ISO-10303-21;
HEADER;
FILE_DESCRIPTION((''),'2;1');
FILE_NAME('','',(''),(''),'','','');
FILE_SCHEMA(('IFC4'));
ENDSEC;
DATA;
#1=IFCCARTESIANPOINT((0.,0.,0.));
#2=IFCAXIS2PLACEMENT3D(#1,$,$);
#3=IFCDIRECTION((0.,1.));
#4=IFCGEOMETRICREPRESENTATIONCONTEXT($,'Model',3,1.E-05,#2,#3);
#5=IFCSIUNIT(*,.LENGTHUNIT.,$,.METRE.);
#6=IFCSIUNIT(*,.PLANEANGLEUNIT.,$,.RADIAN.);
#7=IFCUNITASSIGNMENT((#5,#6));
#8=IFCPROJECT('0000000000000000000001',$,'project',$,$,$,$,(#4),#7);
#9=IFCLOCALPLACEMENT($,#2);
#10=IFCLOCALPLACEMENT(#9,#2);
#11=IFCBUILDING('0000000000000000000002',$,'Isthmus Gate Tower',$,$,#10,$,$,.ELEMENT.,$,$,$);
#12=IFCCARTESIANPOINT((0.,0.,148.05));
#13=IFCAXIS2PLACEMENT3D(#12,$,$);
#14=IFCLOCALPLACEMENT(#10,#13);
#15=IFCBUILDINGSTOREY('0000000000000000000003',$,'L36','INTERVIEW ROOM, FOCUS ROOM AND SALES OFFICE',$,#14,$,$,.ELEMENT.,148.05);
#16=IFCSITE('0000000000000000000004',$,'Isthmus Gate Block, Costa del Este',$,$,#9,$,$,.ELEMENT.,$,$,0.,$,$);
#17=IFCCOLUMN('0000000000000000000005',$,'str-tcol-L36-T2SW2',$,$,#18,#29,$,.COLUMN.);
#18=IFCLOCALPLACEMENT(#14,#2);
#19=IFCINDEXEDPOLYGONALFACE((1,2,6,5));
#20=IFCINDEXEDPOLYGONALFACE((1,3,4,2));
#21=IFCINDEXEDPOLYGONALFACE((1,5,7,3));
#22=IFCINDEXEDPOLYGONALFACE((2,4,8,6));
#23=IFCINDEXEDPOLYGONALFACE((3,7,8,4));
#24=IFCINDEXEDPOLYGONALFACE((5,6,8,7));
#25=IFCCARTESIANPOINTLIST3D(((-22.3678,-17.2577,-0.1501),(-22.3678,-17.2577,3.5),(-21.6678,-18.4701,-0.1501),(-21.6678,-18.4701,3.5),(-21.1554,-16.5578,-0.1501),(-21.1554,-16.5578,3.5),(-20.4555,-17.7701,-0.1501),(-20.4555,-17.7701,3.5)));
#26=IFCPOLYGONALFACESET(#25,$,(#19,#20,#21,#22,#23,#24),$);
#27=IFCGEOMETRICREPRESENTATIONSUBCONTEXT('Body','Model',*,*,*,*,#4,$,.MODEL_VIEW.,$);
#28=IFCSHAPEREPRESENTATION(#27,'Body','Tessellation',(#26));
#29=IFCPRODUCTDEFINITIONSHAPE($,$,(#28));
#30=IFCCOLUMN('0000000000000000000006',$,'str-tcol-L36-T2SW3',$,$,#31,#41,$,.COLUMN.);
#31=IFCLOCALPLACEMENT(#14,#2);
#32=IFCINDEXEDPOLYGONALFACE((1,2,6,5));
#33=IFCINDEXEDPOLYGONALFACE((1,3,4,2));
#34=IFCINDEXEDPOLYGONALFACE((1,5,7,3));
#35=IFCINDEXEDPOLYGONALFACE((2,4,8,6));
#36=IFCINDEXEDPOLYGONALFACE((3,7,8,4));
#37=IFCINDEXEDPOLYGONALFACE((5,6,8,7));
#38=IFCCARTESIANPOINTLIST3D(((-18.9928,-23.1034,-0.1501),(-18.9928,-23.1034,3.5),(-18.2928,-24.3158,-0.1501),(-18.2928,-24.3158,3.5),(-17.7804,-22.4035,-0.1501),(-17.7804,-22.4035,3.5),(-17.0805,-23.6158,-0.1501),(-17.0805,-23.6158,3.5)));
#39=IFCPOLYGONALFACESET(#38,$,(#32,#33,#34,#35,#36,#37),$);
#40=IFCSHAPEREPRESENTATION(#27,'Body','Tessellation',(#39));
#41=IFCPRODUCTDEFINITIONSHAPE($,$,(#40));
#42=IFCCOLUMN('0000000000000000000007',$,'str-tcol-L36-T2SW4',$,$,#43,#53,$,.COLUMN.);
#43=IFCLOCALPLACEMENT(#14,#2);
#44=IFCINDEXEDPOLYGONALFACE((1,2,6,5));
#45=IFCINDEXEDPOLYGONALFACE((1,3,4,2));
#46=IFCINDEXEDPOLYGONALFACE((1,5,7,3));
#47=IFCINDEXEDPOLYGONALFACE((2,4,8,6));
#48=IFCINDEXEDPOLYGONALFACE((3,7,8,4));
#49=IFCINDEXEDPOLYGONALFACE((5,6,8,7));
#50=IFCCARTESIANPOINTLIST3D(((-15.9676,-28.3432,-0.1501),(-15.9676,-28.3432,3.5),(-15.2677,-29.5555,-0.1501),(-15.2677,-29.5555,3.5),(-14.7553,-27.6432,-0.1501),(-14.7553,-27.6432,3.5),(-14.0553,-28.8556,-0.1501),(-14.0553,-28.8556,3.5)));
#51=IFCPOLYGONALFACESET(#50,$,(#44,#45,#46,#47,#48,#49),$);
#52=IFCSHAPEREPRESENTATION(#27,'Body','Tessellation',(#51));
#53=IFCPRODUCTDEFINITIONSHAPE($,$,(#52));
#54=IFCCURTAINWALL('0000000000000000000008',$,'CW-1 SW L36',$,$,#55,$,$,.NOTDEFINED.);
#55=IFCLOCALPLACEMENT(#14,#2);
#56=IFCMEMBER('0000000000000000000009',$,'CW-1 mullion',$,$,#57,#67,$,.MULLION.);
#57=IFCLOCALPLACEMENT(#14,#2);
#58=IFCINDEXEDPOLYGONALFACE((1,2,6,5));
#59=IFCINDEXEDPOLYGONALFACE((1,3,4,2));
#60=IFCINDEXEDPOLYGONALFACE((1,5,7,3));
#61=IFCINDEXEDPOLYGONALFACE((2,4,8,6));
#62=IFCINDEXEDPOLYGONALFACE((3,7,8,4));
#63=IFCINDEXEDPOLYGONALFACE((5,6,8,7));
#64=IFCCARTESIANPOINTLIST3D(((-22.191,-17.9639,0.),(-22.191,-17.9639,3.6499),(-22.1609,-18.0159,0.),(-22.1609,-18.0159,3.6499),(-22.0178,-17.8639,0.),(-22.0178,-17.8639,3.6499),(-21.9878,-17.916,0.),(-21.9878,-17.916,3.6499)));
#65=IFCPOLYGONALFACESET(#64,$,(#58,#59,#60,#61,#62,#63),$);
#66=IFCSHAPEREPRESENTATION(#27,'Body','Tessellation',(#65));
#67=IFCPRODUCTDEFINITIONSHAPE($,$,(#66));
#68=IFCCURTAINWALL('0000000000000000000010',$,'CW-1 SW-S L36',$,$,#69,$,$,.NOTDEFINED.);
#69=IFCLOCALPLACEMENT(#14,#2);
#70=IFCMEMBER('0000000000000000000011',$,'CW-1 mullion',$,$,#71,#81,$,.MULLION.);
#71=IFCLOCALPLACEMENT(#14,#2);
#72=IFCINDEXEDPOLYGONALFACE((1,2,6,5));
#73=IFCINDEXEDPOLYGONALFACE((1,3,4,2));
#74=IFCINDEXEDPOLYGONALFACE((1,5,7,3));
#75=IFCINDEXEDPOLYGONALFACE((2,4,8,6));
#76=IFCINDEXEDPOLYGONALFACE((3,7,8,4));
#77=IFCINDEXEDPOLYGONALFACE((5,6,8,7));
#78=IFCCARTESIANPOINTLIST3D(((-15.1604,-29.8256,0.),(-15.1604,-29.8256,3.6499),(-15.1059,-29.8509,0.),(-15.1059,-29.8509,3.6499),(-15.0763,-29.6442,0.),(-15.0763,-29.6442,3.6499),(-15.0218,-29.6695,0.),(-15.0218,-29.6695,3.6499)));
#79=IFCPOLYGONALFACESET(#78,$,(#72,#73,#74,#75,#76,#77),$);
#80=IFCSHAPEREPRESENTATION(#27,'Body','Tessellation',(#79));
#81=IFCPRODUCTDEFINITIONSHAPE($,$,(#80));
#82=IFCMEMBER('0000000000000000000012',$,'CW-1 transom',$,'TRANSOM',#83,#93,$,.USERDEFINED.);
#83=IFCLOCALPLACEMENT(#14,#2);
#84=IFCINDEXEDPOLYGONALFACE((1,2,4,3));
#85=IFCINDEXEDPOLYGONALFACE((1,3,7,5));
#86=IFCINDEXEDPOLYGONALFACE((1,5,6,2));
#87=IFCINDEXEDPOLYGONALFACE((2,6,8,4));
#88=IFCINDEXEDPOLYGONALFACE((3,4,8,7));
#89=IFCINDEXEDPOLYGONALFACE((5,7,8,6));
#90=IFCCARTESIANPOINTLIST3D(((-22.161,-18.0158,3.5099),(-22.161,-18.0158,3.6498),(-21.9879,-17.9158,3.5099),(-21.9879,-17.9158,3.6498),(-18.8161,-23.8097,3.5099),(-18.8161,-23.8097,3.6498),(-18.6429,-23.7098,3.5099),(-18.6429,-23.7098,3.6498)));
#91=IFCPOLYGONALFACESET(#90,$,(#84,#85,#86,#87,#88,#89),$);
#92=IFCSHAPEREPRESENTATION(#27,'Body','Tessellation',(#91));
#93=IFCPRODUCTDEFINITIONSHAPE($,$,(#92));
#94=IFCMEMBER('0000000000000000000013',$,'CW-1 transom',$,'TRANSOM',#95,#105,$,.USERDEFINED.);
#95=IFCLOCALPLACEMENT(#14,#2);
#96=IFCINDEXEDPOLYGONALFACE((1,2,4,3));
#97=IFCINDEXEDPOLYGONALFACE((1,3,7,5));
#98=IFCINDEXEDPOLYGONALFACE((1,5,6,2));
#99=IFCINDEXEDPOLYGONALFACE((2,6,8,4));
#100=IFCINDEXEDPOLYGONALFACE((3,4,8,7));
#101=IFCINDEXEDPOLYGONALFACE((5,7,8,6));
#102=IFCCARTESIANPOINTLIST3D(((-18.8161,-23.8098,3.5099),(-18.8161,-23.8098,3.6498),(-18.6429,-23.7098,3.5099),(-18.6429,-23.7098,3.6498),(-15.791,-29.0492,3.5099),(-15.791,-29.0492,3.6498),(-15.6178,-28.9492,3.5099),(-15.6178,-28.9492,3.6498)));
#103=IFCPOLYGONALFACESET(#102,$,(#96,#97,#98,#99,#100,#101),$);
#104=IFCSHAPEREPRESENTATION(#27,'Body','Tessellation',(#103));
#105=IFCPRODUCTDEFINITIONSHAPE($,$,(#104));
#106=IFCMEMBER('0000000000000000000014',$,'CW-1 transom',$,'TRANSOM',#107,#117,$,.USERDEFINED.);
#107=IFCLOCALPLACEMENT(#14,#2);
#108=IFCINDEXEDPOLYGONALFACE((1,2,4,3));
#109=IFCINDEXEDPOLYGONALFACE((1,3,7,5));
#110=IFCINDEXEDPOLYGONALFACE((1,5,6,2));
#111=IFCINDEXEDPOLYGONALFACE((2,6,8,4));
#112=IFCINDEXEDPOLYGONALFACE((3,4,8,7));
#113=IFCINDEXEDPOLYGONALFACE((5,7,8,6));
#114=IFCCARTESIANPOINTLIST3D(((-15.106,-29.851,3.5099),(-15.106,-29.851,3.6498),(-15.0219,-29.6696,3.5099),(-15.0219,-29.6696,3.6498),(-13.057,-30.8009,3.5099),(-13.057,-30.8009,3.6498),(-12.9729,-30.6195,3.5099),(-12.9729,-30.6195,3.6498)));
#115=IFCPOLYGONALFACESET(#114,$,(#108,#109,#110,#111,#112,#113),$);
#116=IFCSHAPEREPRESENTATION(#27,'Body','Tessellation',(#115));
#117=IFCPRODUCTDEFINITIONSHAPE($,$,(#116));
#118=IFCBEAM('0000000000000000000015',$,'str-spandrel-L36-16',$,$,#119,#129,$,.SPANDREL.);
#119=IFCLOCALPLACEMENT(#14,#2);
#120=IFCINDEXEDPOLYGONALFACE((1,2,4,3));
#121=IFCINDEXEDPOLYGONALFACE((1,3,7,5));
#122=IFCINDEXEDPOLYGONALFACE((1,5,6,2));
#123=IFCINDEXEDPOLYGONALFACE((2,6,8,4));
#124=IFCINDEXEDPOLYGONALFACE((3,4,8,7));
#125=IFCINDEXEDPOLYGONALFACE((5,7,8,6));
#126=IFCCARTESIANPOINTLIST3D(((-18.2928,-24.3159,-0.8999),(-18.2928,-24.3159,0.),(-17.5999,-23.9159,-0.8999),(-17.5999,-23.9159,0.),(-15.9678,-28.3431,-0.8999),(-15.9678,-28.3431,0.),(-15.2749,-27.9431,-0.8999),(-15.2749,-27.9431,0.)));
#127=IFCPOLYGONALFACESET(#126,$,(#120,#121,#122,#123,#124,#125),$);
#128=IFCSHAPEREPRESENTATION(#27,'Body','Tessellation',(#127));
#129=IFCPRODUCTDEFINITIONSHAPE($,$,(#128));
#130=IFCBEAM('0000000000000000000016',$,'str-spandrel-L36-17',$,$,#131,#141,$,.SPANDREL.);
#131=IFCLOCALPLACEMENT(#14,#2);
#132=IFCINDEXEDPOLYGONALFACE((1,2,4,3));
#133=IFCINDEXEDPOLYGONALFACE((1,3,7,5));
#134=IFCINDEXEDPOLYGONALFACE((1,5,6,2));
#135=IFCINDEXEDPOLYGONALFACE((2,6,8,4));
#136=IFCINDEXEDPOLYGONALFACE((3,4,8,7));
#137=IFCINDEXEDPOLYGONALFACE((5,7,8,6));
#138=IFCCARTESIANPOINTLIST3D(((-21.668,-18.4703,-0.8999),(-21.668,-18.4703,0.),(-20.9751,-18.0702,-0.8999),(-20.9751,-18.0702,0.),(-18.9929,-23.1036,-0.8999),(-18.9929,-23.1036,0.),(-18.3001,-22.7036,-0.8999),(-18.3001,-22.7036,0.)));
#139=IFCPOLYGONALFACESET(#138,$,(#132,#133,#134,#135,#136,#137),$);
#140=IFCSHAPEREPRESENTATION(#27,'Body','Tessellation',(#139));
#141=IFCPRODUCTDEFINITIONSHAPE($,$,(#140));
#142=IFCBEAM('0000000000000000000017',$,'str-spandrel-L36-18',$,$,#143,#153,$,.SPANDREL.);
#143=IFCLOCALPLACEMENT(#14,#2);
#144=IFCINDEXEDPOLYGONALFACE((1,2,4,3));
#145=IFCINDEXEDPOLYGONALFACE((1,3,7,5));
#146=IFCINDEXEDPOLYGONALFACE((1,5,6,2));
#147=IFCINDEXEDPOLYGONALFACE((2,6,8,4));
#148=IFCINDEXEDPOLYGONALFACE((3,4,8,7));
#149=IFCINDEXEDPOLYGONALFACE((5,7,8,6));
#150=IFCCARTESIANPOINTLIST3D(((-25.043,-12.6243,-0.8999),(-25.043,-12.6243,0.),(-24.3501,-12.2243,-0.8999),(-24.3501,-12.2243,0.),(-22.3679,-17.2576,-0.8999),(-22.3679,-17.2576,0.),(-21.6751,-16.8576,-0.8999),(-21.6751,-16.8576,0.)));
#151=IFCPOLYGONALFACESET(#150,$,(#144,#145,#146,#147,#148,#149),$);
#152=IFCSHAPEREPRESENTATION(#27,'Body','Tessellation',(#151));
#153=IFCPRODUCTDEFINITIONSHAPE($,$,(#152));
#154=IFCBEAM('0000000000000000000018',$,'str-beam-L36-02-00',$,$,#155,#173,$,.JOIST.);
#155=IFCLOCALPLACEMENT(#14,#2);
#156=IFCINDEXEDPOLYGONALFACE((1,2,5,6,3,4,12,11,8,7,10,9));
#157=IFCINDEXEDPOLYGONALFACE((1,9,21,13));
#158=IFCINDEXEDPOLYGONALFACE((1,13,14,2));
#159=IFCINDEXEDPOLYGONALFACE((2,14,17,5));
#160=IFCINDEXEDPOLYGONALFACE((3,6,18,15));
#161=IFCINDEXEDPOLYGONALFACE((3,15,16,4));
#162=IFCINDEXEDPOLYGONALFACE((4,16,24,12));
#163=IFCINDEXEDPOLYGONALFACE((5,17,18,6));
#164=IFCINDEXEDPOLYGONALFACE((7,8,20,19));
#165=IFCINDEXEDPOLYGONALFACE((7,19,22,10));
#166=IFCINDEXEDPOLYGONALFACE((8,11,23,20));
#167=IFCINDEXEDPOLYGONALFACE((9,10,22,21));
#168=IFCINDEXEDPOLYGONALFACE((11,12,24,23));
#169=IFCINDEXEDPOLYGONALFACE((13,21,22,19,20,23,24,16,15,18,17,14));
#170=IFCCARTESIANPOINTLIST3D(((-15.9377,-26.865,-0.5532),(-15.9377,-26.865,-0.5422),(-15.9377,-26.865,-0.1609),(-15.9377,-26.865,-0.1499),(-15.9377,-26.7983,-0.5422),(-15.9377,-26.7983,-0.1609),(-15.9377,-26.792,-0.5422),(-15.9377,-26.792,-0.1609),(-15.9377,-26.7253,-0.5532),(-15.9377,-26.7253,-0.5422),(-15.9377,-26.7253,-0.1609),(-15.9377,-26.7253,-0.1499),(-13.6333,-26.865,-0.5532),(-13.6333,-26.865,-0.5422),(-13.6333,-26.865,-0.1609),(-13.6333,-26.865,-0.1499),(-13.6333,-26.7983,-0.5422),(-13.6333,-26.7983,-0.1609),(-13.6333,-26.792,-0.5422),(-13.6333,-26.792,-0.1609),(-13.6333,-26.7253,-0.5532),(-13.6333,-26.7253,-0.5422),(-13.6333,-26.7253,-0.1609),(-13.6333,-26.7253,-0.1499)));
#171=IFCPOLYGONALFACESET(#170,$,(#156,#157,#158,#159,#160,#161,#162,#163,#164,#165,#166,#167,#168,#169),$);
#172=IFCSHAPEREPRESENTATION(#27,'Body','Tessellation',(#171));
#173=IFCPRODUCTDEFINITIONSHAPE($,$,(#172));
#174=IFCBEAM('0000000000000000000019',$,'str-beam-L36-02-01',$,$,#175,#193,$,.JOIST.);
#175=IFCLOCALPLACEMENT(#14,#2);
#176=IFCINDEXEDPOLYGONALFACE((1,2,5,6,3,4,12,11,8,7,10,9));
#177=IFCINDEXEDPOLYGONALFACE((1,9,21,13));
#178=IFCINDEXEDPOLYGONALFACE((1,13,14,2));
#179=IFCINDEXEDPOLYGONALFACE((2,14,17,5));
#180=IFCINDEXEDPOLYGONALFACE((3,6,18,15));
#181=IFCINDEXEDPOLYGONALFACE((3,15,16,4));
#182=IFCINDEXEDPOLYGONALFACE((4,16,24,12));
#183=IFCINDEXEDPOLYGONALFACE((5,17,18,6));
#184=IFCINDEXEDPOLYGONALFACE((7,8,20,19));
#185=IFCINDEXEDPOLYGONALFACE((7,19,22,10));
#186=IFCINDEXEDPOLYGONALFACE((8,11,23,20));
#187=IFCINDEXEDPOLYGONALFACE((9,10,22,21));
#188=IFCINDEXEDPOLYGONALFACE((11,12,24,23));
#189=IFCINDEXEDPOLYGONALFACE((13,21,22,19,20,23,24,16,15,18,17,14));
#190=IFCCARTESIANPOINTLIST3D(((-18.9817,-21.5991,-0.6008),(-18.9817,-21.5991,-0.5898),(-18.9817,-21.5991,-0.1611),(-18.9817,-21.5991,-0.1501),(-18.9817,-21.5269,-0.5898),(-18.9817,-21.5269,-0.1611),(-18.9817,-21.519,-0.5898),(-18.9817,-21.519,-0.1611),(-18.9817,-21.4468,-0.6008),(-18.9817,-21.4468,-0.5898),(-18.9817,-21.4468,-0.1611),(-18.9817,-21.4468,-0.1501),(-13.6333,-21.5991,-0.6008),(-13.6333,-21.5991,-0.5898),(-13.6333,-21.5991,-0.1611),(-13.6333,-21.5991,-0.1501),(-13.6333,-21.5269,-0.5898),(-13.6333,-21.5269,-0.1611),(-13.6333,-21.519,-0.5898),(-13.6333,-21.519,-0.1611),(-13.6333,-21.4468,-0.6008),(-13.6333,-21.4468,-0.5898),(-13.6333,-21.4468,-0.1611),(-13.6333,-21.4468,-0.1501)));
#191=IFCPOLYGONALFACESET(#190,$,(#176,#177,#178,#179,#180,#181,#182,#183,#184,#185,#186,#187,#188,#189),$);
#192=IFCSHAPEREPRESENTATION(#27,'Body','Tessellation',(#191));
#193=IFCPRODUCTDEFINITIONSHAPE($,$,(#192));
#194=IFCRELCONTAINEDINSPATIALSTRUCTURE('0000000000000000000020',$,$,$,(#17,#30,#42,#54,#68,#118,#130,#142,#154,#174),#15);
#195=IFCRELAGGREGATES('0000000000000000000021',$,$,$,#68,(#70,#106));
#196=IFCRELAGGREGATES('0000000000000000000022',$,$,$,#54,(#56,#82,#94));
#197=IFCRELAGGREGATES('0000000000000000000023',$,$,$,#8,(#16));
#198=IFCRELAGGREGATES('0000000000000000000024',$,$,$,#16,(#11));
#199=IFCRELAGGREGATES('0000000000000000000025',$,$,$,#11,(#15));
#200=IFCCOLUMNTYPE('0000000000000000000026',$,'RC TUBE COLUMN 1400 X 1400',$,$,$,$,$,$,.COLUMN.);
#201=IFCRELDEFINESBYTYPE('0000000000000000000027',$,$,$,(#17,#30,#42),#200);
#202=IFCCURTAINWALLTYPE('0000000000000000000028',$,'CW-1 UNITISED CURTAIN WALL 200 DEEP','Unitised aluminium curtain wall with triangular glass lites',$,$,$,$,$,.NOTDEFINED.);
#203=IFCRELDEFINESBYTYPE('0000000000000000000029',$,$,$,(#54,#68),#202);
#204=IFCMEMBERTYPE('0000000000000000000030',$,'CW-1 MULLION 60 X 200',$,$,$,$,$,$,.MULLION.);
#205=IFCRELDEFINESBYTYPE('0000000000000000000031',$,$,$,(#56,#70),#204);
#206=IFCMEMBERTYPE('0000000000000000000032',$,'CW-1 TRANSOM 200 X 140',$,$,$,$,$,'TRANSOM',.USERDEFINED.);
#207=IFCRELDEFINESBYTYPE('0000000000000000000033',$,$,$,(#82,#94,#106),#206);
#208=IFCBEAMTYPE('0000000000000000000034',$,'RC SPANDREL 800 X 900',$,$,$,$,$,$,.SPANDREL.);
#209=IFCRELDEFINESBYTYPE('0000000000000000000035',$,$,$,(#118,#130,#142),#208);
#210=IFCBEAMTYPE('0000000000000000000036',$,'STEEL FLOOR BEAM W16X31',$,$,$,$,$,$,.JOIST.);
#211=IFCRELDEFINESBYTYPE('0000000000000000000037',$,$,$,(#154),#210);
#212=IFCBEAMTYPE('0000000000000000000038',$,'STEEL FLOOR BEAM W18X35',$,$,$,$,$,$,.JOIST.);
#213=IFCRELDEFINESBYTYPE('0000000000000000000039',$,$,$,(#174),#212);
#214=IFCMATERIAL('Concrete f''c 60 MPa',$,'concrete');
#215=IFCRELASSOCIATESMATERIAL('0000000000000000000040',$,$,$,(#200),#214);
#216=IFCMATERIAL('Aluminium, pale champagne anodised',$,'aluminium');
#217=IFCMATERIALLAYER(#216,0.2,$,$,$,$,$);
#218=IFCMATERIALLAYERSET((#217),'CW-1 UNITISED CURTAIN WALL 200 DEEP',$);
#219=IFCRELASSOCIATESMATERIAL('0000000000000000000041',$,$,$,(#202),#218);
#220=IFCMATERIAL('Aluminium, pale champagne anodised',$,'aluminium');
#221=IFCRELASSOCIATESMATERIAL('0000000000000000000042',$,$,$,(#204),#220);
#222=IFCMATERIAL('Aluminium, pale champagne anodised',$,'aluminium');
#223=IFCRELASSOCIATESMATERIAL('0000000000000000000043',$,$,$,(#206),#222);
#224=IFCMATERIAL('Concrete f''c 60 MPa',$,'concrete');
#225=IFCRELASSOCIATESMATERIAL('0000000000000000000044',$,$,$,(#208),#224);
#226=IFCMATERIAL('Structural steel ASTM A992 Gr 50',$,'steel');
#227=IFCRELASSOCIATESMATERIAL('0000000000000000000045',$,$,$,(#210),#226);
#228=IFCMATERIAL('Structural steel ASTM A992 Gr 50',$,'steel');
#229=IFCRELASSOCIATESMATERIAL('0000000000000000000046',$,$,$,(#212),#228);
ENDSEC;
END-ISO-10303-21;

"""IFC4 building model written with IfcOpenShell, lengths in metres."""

from ifc_helpers import new_model, si_unit, direction, frame, origin, origin_2d, place, context, subcontext, project, spatial, rectangle, i_section, extrude, material, layer, layer_set, material_profile, profile_set, type_object, element, aggregate, save


model = new_model("IFC4")

# Units and contexts
model_context = context("Model", 3, precision=1e-05, world=origin(), true_north=direction((0.0, 1.0)))
body_context = subcontext(model_context, "Body", "Model", "MODEL_VIEW")
ifc_project = project(units=[si_unit("LENGTHUNIT", "METRE"), si_unit("PLANEANGLEUNIT", "RADIAN")], contexts=[model_context])

# Site, building, storey
site_placement = place(None, origin())
site = spatial("IfcSite", under=ifc_project, at=site_placement, Name="Isthmus Gate Block, Costa del Este", CompositionType="ELEMENT", RefElevation=0.0)
building_placement = place(site_placement, origin())
building = spatial("IfcBuilding", under=site, at=building_placement, Name="Isthmus Gate Tower", CompositionType="ELEMENT")
storey_placement = place(building_placement, frame((0.0, 0.0, 148.05)))
storey = spatial("IfcBuildingStorey", under=building, at=storey_placement, Name="L36", Description="INTERVIEW ROOM, FOCUS ROOM AND SALES OFFICE", CompositionType="ELEMENT", Elevation=148.05)

# Columns
ifc_material_1 = material(Name="Concrete f'c 60 MPa", Category="concrete")
ifc_material_profile_1 = material_profile(ifc_material_1, rectangle(XDim=1.3999, YDim=1.3999, at=origin_2d()), Name="RC 1400X1400")
ifc_profile_set_1 = profile_set([ifc_material_profile_1], Name="Concrete f'c 60 MPa")
column_type = type_object("IfcColumnType", Name="RC TUBE COLUMN 1400 X 1400", PredefinedType="COLUMN", material=ifc_profile_set_1)
for number, where, z_axis, x_axis, name in (
    (1, (-21.4116, -17.5139, -0.1501), (0.0, 0.0, 1.0), (0.5, -0.866025, 0.0), "str-tcol-L36-T2SW2"),
    (2, (-18.0366, -23.3596, -0.1501), (0.0, 0.0, 1.0), (0.5, -0.866025, 0.0), "str-tcol-L36-T2SW3"),
    (3, (-15.0115, -28.5994, -0.1501), (0.0, 0.0, 1.0), (0.5, -0.866025, 0.0), "str-tcol-L36-T2SW4"),
):
    element("IfcColumn", number, at=place(storey_placement, frame(where, z_axis=z_axis, x_axis=x_axis)), inside=storey, type_object=column_type, Name=name, PredefinedType="COLUMN", context=body_context, shape_type="SweptSolid", body=[
        extrude(rectangle(XDim=1.3999, YDim=1.3999, at=origin_2d()), origin(), (0.0, 0.0, 1.0), 3.6501),
    ])

# Curtain walls, members
ifc_material_2 = material(Name="Aluminium, pale champagne anodised", Category="aluminium")
ifc_layer_1 = layer(ifc_material_2, 0.2)
ifc_layer_set_1 = layer_set([ifc_layer_1], Name="CW-1 UNITISED CURTAIN WALL 200 DEEP")
curtain_wall_type = type_object("IfcCurtainWallType", Name="CW-1 UNITISED CURTAIN WALL 200 DEEP", Description="Unitised aluminium curtain wall with triangular glass lites", PredefinedType="NOTDEFINED", material=ifc_layer_set_1)
curtain_wall_1_placement = place(storey_placement, origin())
curtain_wall_1 = element("IfcCurtainWall", 4, at=curtain_wall_1_placement, inside=storey, type_object=curtain_wall_type, Name="CW-1 SW L36", PredefinedType="NOTDEFINED")
ifc_material_3 = material(Name="Aluminium, pale champagne anodised", Category="aluminium")
ifc_material_profile_2 = material_profile(ifc_material_3, rectangle(XDim=0.0601, YDim=0.2, at=origin_2d()), Name="60x200")
ifc_profile_set_2 = profile_set([ifc_material_profile_2], Name="Aluminium, pale champagne anodised")
member_type_1 = type_object("IfcMemberType", Name="CW-1 MULLION 60 X 200", PredefinedType="MULLION", material=ifc_profile_set_2)
member_1_placement = place(storey_placement, frame((-22.0894, -17.9399, 0.0), z_axis=(0.0, 0.0, 1.0), x_axis=(0.5, -0.866025, 0.0)))
member_1 = element("IfcMember", 5, at=member_1_placement, type_object=member_type_1, Name="CW-1 mullion", PredefinedType="MULLION", context=body_context, shape_type="SweptSolid", body=[
    extrude(rectangle(XDim=0.0601, YDim=0.2, at=origin_2d()), origin(), (0.0, 0.0, 1.0), 3.6499),
])
curtain_wall_2_placement = place(storey_placement, origin())
curtain_wall_2 = element("IfcCurtainWall", 6, at=curtain_wall_2_placement, inside=storey, type_object=curtain_wall_type, Name="CW-1 SW-S L36", PredefinedType="NOTDEFINED")
member_2_placement = place(storey_placement, frame((-15.0911, -29.7476, 0.0), z_axis=(0.0, 0.0, 1.0), x_axis=(0.907256, -0.420578, 0.0)))
member_2 = element("IfcMember", 7, at=member_2_placement, type_object=member_type_1, Name="CW-1 mullion", PredefinedType="MULLION", context=body_context, shape_type="SweptSolid", body=[
    extrude(rectangle(XDim=0.0601, YDim=0.2, at=origin_2d()), origin(), (0.0, 0.0, 1.0), 3.6499),
])

# Members
ifc_material_4 = material(Name="Aluminium, pale champagne anodised", Category="aluminium")
ifc_material_profile_3 = material_profile(ifc_material_4, rectangle(XDim=0.2, YDim=0.1399, at=origin_2d()), Name="200x140")
ifc_profile_set_3 = profile_set([ifc_material_profile_3], Name="Aluminium, pale champagne anodised")
member_type_2 = type_object("IfcMemberType", Name="CW-1 TRANSOM 200 X 140", ElementType="TRANSOM", PredefinedType="USERDEFINED", material=ifc_profile_set_3)
member_3_placement = place(storey_placement, frame((-22.0745, -17.9658, 3.5798), z_axis=(0.499981, -0.866036, 0.0), x_axis=(0.866036, 0.499981, 0.0)))
member_3 = element("IfcMember", 8, at=member_3_placement, type_object=member_type_2, Name="CW-1 transom", ObjectType="TRANSOM", PredefinedType="USERDEFINED", context=body_context, shape_type="SweptSolid", body=[
    extrude(rectangle(XDim=0.2, YDim=0.1399, at=origin_2d()), origin(), (0.0, 0.0, 1.0), 6.6902),
])
member_4_placement = place(storey_placement, frame((-18.7295, -23.7598, 3.5798), z_axis=(0.500015, -0.866017, 0.0), x_axis=(0.866017, 0.500015, 0.0)))
member_4 = element("IfcMember", 9, at=member_4_placement, type_object=member_type_2, Name="CW-1 transom", ObjectType="TRANSOM", PredefinedType="USERDEFINED", context=body_context, shape_type="SweptSolid", body=[
    extrude(rectangle(XDim=0.2, YDim=0.1399, at=origin_2d()), origin(), (0.0, 0.0, 1.0), 6.05),
])
member_5_placement = place(storey_placement, frame((-15.064, -29.7603, 3.5798), z_axis=(0.907246, -0.4206, 0.0), x_axis=(0.4206, 0.907246, 0.0)))
member_5 = element("IfcMember", 10, at=member_5_placement, type_object=member_type_2, Name="CW-1 transom", ObjectType="TRANSOM", PredefinedType="USERDEFINED", context=body_context, shape_type="SweptSolid", body=[
    extrude(rectangle(XDim=0.2, YDim=0.1399, at=origin_2d()), origin(), (0.0, 0.0, 1.0), 2.2585),
])
aggregate(curtain_wall_2, [member_2, member_5])

# Beams
ifc_material_5 = material(Name="Concrete f'c 60 MPa", Category="concrete")
ifc_material_profile_4 = material_profile(ifc_material_5, rectangle(XDim=0.8, YDim=0.8999, at=origin_2d()), Name="RC 800X900")
ifc_profile_set_4 = profile_set([ifc_material_profile_4], Name="Concrete f'c 60 MPa")
beam_type_1 = type_object("IfcBeamType", Name="RC SPANDREL 800 X 900", PredefinedType="SPANDREL", material=ifc_profile_set_4)
beam_1_placement = place(storey_placement, frame((-15.6213, -28.1431, -0.45), z_axis=(-0.499985, 0.866034, 0.0), x_axis=(-0.866034, -0.499985, 0.0)))
element("IfcBeam", 11, at=beam_1_placement, inside=storey, type_object=beam_type_1, Name="str-spandrel-L36-16", PredefinedType="SPANDREL", context=body_context, shape_type="SweptSolid", body=[
    extrude(rectangle(XDim=0.8, YDim=0.8999, at=origin_2d()), origin(), (0.0, 0.0, 1.0), 4.6501),
])
for number, where, z_axis, x_axis, name in (
    (12, (-18.6465, -22.9036, -0.45), (-0.500002, 0.866024, 0.0), (-0.866024, -0.500002, 0.0), "str-spandrel-L36-17"),
    (13, (-22.0215, -17.0576, -0.45), (-0.500002, 0.866024, 0.0), (-0.866024, -0.500002, 0.0), "str-spandrel-L36-18"),
):
    element("IfcBeam", number, at=place(storey_placement, frame(where, z_axis=z_axis, x_axis=x_axis)), inside=storey, type_object=beam_type_1, Name=name, PredefinedType="SPANDREL", context=body_context, shape_type="SweptSolid", body=[
        extrude(rectangle(XDim=0.8, YDim=0.8999, at=origin_2d()), origin(), (0.0, 0.0, 1.0), 5.3501),
    ])
ifc_material_6 = material(Name="Structural steel ASTM A992 Gr 50", Category="steel")
ifc_material_profile_5 = material_profile(ifc_material_6, i_section(OverallWidth=0.1396, OverallDepth=0.4033, WebThickness=0.0063, FlangeThickness=0.011, at=origin_2d()), Name="W16X31")
ifc_profile_set_5 = profile_set([ifc_material_profile_5], Name="Structural steel ASTM A992 Gr 50")
beam_type_2 = type_object("IfcBeamType", Name="STEEL FLOOR BEAM W16X31", PredefinedType="JOIST", material=ifc_profile_set_5)
beam_2_placement = place(storey_placement, frame((-15.9377, -26.7952, -0.3516), z_axis=(1.0, 0.0, 0.0), x_axis=(0.0, 1.0, 0.0)))
element("IfcBeam", 14, at=beam_2_placement, inside=storey, type_object=beam_type_2, Name="str-beam-L36-02-00", PredefinedType="JOIST", context=body_context, shape_type="SweptSolid", body=[
    extrude(i_section(OverallWidth=0.1396, OverallDepth=0.4033, WebThickness=0.0063, FlangeThickness=0.011, at=origin_2d()), origin(), (0.0, 0.0, 1.0), 2.3044),
])
ifc_material_7 = material(Name="Structural steel ASTM A992 Gr 50", Category="steel")
ifc_material_profile_6 = material_profile(ifc_material_7, i_section(OverallWidth=0.1523, OverallDepth=0.4507, WebThickness=0.0078, FlangeThickness=0.011, at=origin_2d()), Name="W18X35")
ifc_profile_set_6 = profile_set([ifc_material_profile_6], Name="Structural steel ASTM A992 Gr 50")
beam_type_3 = type_object("IfcBeamType", Name="STEEL FLOOR BEAM W18X35", PredefinedType="JOIST", material=ifc_profile_set_6)
beam_3_placement = place(storey_placement, frame((-18.9817, -21.5229, -0.3755), z_axis=(1.0, 0.0, 0.0), x_axis=(0.0, 1.0, 0.0)))
element("IfcBeam", 15, at=beam_3_placement, inside=storey, type_object=beam_type_3, Name="str-beam-L36-02-01", PredefinedType="JOIST", context=body_context, shape_type="SweptSolid", body=[
    extrude(i_section(OverallWidth=0.1523, OverallDepth=0.4507, WebThickness=0.0078, FlangeThickness=0.011, at=origin_2d()), origin(), (0.0, 0.0, 1.0), 5.3484),
])

aggregate(curtain_wall_1, [member_1, member_3, member_4])

save(model, "model.ifc")
